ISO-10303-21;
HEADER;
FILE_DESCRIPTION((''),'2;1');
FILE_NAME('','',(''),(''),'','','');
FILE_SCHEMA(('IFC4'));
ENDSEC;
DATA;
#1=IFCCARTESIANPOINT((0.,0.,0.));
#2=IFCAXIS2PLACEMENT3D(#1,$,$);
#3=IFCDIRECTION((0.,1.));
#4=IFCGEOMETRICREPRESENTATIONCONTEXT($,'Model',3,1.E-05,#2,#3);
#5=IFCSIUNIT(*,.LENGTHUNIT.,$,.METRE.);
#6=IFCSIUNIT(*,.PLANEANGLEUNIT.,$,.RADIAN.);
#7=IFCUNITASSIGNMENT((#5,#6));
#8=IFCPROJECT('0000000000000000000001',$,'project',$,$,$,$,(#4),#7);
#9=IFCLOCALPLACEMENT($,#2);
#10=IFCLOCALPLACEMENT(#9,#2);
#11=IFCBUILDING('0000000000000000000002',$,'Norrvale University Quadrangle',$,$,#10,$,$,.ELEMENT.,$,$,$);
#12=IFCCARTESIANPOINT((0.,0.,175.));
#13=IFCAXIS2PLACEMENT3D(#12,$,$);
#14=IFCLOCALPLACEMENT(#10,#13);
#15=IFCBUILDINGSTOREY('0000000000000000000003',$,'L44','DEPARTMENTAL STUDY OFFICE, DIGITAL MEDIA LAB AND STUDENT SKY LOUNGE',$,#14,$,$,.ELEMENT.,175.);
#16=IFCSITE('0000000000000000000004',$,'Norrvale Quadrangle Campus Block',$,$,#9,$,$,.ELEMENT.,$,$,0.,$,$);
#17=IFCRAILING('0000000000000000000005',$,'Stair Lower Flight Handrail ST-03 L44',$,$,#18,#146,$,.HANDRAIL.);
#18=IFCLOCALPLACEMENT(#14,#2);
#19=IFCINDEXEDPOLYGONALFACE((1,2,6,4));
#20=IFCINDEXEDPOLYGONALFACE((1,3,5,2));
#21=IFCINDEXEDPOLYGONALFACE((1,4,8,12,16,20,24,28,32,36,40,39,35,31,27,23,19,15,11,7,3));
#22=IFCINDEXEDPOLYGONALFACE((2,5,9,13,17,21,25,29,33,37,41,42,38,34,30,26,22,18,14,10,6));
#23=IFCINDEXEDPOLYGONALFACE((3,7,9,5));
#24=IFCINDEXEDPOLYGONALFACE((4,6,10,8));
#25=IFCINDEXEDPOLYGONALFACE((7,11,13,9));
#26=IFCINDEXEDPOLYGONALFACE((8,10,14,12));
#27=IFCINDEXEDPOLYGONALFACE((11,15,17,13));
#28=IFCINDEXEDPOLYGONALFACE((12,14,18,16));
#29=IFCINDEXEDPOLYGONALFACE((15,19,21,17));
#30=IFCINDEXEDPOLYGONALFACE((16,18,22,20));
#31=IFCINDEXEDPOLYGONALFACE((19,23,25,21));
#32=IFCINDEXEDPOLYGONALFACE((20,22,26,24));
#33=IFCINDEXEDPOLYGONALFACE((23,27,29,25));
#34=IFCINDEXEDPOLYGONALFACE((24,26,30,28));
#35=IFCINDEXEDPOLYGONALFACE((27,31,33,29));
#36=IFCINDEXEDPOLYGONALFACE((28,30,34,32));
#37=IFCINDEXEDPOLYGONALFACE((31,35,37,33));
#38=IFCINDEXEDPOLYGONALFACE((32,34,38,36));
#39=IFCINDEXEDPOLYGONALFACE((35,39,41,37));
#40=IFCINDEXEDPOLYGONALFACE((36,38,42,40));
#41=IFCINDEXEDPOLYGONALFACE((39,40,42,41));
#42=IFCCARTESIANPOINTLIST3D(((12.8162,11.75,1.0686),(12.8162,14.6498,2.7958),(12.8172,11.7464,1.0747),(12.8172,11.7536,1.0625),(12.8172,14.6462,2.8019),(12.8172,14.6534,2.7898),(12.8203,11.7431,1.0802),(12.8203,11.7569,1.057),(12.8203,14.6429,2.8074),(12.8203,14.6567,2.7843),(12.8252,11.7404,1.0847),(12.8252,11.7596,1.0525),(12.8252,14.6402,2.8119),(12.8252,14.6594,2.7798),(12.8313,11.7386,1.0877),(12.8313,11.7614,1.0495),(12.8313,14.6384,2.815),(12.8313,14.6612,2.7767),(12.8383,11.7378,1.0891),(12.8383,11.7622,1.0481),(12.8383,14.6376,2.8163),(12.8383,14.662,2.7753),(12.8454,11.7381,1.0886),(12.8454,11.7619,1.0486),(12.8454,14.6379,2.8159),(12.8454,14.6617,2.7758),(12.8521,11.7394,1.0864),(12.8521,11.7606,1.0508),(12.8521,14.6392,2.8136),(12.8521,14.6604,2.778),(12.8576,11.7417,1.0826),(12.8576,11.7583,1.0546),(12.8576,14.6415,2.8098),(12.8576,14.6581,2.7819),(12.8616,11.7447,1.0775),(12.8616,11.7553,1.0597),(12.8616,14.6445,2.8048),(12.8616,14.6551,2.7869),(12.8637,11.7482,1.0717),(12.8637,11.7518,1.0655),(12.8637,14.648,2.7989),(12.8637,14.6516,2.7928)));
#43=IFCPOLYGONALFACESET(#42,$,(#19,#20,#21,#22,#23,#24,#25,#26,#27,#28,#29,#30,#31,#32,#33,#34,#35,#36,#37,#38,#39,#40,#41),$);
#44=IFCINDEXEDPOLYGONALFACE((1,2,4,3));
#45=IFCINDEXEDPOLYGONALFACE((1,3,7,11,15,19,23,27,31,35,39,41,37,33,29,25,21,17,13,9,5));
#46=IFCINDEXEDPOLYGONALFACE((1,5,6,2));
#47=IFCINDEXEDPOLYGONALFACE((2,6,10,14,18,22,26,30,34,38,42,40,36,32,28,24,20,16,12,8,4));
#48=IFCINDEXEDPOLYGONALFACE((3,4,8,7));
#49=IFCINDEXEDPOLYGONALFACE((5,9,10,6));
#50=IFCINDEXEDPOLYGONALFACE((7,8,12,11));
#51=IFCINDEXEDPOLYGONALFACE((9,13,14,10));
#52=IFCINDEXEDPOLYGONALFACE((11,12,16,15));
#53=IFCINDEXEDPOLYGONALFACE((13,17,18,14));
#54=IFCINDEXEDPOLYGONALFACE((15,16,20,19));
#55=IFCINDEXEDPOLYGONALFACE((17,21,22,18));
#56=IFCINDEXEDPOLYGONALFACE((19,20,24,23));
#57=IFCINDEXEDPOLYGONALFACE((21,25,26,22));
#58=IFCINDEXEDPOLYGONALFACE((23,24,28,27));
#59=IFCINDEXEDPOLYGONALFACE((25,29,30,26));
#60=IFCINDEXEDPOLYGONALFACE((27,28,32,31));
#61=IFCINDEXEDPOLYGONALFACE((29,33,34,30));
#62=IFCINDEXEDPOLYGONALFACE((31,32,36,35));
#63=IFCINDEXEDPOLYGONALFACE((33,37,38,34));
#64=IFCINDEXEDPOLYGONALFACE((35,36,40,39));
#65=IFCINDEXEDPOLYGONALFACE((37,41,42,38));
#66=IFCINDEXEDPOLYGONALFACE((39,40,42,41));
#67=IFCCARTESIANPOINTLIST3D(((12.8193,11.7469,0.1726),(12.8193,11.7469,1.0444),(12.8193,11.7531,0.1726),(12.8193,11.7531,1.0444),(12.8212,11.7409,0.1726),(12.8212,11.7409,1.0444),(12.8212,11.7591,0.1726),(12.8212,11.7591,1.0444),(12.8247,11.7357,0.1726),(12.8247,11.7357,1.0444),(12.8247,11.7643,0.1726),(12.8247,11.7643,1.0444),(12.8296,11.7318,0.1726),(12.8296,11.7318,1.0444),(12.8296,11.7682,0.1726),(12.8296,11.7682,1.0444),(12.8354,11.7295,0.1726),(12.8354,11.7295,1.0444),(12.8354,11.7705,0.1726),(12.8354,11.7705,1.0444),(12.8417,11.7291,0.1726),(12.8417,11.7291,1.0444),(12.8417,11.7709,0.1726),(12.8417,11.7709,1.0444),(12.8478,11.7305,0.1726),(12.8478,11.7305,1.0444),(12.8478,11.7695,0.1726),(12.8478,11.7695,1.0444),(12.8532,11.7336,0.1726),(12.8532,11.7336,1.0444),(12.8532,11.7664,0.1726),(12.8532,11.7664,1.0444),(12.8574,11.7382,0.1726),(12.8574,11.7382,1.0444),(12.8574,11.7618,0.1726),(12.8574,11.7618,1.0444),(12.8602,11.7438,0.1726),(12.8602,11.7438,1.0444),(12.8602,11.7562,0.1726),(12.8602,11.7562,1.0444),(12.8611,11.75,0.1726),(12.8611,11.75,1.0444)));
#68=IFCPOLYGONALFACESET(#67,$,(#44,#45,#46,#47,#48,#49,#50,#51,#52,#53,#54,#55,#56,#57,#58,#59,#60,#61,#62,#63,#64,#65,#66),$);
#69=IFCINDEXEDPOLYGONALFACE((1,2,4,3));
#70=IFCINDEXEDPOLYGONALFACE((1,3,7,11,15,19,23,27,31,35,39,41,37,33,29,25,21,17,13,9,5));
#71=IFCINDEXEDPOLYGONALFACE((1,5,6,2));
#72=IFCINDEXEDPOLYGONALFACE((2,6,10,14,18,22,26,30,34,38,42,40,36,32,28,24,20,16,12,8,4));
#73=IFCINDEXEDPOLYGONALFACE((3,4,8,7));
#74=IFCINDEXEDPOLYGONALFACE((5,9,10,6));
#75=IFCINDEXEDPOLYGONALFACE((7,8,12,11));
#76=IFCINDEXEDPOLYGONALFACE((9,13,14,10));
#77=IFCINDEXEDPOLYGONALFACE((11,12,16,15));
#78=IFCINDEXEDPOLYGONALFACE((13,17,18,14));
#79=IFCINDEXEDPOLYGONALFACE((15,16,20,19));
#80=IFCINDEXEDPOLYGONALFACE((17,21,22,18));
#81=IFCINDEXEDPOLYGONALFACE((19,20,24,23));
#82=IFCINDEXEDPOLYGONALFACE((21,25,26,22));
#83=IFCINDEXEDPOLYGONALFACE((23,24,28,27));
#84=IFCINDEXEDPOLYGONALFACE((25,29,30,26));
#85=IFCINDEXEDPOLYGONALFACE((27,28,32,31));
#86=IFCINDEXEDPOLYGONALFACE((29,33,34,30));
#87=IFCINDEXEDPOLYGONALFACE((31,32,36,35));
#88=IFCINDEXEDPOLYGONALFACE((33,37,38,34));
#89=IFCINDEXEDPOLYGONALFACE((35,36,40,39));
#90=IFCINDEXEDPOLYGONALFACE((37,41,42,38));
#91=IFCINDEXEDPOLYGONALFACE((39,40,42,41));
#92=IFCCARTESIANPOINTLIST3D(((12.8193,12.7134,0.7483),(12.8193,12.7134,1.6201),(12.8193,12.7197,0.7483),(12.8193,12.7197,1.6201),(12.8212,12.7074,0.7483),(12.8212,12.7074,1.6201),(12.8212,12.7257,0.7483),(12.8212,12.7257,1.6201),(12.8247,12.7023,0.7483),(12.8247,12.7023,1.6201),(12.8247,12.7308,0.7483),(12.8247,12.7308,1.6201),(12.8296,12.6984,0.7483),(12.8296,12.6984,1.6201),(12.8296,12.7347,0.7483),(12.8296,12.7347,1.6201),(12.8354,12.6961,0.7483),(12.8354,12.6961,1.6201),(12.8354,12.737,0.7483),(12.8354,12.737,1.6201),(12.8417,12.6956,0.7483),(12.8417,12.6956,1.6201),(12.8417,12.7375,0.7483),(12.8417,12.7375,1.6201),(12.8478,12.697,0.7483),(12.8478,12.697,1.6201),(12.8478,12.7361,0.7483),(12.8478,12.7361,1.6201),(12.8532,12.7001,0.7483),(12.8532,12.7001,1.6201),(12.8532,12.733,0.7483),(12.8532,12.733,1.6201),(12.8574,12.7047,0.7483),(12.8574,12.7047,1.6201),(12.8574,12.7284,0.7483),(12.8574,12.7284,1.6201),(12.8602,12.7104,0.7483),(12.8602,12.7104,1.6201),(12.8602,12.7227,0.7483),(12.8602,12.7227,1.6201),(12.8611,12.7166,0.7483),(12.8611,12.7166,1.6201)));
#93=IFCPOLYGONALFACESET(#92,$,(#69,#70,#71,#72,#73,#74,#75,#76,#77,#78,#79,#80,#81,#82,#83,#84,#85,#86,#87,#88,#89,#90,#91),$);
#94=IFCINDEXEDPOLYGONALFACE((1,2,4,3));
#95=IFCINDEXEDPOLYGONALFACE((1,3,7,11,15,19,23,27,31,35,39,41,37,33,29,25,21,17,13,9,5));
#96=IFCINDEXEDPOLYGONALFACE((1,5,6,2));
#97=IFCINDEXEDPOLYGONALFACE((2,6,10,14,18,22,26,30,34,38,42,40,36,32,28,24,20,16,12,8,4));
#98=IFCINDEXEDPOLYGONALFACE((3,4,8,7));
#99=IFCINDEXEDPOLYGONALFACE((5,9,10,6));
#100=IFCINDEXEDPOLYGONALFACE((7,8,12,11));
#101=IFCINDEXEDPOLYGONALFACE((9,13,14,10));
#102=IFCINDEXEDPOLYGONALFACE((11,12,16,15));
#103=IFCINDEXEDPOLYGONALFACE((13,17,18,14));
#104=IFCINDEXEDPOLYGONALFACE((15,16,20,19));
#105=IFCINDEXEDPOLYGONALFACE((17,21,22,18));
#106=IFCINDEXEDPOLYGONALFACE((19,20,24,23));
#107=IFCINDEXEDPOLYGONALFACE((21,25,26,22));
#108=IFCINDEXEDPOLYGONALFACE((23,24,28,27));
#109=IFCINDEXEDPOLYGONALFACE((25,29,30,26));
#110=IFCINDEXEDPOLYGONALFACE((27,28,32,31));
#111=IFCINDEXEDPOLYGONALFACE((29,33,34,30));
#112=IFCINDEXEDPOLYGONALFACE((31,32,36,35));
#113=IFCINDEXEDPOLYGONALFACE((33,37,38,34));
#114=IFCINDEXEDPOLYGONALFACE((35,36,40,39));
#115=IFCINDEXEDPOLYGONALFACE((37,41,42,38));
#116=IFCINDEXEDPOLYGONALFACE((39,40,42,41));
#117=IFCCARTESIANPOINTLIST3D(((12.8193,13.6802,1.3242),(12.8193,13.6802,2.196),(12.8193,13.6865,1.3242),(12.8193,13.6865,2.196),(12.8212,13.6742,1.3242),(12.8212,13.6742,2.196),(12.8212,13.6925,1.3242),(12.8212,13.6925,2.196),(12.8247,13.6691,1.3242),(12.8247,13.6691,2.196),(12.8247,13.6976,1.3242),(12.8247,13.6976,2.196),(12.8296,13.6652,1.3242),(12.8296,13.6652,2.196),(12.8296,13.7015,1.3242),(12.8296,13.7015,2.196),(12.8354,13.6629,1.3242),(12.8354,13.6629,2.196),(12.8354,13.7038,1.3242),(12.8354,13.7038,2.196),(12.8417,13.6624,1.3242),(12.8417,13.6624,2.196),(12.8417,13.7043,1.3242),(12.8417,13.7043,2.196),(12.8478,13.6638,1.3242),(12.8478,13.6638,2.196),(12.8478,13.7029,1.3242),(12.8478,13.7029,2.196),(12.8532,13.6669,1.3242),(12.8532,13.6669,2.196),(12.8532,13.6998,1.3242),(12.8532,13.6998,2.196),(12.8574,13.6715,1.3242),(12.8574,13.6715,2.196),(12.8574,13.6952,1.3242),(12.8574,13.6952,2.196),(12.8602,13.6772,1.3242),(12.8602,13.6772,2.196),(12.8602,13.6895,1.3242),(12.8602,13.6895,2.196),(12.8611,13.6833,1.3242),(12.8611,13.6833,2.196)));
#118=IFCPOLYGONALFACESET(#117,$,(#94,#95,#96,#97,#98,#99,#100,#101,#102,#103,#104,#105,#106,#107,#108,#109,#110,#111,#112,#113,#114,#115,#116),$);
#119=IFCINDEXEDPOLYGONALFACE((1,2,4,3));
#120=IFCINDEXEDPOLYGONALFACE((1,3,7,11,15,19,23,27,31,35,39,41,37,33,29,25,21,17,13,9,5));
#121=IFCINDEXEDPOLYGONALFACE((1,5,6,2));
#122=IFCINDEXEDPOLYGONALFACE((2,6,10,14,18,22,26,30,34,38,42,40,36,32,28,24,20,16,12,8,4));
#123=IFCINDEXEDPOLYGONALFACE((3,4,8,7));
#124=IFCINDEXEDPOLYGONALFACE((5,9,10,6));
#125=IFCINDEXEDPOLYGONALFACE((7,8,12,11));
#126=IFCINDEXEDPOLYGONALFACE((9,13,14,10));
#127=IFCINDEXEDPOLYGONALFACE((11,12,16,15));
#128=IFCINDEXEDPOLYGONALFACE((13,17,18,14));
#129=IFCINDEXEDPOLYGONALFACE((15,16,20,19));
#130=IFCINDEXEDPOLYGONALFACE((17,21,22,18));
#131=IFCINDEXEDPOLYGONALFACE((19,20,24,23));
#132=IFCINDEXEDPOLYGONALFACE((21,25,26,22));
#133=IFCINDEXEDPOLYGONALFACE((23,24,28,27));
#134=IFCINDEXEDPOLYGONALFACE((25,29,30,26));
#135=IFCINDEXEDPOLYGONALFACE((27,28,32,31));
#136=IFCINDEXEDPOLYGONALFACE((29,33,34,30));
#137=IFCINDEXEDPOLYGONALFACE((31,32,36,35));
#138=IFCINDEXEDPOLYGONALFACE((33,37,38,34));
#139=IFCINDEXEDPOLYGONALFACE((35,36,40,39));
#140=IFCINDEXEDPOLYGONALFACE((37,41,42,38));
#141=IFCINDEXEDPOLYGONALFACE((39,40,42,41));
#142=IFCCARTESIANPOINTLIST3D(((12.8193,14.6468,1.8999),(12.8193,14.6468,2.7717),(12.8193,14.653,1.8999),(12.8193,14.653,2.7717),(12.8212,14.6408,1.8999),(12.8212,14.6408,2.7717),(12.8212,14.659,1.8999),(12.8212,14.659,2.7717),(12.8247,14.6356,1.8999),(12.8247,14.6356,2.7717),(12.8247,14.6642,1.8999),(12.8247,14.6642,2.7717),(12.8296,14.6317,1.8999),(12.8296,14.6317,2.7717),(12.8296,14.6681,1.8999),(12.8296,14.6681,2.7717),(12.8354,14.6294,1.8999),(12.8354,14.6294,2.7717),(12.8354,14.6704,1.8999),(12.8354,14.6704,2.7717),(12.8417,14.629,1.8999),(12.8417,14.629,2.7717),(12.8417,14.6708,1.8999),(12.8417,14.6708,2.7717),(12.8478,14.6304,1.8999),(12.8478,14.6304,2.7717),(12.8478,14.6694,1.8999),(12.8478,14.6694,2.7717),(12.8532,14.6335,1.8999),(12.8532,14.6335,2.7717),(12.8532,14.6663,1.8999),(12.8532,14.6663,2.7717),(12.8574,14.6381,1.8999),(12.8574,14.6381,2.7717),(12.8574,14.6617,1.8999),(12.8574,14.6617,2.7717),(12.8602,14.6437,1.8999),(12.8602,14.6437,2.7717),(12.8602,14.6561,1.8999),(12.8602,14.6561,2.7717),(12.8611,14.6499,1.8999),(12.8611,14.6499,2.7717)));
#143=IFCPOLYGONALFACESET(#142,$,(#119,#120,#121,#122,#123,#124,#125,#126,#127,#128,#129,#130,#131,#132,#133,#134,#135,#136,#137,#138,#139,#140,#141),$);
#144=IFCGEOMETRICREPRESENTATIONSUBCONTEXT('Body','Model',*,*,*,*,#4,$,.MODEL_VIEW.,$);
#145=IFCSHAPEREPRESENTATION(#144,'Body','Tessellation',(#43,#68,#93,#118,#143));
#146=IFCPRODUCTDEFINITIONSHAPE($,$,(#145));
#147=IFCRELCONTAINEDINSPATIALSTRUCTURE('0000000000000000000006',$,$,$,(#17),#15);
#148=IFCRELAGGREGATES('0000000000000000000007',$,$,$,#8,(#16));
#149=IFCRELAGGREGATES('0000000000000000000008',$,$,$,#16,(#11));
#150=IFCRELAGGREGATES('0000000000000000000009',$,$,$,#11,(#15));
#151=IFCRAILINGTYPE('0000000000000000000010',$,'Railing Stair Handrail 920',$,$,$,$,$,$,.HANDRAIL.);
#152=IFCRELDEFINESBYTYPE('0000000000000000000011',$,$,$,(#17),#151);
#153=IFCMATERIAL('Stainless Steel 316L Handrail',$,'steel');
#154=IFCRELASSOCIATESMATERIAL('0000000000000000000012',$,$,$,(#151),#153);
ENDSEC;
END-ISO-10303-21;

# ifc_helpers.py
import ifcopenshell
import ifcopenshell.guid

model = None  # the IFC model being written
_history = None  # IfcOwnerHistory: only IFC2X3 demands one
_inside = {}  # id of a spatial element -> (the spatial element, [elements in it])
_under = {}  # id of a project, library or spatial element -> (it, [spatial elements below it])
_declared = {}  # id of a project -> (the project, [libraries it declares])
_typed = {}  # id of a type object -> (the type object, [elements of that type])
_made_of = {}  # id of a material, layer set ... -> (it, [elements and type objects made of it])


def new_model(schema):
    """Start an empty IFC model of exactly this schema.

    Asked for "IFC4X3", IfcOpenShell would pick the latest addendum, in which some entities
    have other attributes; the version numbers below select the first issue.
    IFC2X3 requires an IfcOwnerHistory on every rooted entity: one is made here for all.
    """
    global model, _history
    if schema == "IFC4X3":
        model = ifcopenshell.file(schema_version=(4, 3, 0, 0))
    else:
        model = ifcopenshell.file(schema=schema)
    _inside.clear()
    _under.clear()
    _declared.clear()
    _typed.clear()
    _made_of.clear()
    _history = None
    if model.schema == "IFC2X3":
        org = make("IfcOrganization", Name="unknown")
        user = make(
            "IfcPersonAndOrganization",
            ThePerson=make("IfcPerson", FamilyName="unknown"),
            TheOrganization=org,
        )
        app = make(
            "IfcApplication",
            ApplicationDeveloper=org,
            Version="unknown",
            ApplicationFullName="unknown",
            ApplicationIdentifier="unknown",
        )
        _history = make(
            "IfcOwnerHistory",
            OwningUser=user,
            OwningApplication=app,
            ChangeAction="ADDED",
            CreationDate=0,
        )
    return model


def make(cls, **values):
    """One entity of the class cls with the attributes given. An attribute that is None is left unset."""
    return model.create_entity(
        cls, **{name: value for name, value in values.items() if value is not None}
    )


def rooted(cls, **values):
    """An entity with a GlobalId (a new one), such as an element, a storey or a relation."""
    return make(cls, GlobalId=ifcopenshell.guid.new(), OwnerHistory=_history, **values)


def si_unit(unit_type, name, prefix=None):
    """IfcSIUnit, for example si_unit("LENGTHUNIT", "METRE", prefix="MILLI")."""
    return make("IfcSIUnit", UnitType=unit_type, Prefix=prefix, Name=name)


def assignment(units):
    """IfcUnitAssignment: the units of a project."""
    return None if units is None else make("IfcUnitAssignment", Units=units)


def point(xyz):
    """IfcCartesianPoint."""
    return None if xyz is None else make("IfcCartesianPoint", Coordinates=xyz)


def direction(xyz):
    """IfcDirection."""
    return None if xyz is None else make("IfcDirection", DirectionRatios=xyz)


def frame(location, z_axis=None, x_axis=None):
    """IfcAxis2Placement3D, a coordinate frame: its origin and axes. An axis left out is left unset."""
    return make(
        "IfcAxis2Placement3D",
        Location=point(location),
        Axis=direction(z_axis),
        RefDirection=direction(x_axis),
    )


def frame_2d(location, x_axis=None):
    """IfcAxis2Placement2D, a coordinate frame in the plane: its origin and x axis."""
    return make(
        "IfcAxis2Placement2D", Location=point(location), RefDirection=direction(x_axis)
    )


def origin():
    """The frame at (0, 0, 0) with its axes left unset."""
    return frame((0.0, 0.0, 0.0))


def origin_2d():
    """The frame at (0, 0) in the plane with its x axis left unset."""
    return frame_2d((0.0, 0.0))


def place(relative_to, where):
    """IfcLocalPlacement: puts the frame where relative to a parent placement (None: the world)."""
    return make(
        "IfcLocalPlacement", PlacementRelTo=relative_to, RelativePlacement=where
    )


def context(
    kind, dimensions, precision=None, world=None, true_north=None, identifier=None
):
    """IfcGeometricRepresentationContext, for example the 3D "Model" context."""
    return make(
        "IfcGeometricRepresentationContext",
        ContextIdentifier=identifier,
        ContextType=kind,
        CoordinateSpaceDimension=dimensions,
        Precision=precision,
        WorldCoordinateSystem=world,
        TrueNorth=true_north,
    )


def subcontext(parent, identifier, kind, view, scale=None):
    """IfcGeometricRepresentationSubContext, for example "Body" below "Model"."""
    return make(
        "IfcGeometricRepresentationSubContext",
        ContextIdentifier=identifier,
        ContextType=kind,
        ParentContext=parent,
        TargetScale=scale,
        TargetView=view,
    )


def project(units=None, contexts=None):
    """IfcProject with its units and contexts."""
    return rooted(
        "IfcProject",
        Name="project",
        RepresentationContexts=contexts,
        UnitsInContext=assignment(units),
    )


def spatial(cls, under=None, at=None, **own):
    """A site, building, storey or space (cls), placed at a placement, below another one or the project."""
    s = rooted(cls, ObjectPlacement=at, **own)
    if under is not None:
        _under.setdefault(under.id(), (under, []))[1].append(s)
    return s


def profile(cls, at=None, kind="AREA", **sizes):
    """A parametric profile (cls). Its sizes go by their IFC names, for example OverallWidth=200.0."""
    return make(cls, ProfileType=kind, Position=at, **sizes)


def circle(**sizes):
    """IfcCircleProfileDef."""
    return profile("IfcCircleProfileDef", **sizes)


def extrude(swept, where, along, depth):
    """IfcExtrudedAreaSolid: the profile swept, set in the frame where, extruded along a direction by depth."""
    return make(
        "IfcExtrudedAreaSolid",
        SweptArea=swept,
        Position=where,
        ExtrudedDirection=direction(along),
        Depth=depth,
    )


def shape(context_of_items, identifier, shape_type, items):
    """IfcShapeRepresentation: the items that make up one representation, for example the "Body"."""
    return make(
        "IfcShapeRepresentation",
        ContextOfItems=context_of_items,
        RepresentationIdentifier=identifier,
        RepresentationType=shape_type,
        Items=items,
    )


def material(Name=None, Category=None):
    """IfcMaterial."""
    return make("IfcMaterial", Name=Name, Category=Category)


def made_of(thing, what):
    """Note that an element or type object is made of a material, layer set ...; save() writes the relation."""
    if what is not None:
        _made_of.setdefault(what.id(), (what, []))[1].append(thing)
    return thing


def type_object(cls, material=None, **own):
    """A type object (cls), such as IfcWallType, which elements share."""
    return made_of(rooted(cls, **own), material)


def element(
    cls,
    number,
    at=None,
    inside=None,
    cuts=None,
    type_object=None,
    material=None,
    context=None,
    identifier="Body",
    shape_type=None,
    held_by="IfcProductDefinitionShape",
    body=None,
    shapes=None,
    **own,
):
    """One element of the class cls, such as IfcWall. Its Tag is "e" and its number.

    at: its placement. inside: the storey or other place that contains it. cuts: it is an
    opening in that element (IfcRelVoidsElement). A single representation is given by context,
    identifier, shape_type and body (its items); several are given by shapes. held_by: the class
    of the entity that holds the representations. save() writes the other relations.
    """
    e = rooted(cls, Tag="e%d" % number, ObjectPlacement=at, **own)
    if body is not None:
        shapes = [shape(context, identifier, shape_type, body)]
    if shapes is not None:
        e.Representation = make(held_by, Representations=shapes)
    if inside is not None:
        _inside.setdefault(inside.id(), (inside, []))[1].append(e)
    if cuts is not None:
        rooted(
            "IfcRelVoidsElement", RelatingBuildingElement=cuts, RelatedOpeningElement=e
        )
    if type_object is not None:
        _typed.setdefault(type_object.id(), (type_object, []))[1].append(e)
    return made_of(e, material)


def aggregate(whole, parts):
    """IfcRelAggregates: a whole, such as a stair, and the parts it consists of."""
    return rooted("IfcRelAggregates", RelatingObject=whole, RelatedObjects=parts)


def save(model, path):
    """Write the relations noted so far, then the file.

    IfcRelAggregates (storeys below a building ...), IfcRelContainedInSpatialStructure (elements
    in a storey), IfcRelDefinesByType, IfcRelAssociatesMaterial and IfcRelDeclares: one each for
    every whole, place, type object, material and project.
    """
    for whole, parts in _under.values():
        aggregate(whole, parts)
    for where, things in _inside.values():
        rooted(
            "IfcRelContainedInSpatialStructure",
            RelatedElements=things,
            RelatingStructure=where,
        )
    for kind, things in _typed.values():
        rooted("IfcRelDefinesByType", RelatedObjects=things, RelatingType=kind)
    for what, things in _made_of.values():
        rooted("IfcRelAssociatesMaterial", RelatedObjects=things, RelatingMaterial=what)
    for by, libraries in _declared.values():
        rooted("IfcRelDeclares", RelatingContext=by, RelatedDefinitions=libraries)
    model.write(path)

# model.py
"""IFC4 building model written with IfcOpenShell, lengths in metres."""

from ifc_helpers import new_model, si_unit, direction, frame, origin, origin_2d, place, context, subcontext, project, spatial, circle, extrude, material, type_object, element, save


model = new_model("IFC4")

# Units and contexts
model_context = context("Model", 3, precision=1e-05, world=origin(), true_north=direction((0.0, 1.0)))
body_context = subcontext(model_context, "Body", "Model", "MODEL_VIEW")
ifc_project = project(units=[si_unit("LENGTHUNIT", "METRE"), si_unit("PLANEANGLEUNIT", "RADIAN")], contexts=[model_context])

# Site, building, storey
site_placement = place(None, origin())
site = spatial("IfcSite", under=ifc_project, at=site_placement, Name="Norrvale Quadrangle Campus Block", CompositionType="ELEMENT", RefElevation=0.0)
building_placement = place(site_placement, origin())
building = spatial("IfcBuilding", under=site, at=building_placement, Name="Norrvale University Quadrangle", CompositionType="ELEMENT")
storey_placement = place(building_placement, frame((0.0, 0.0, 175.0)))
storey = spatial("IfcBuildingStorey", under=building, at=storey_placement, Name="L44", Description="DEPARTMENTAL STUDY OFFICE, DIGITAL MEDIA LAB AND STUDENT SKY LOUNGE", CompositionType="ELEMENT", Elevation=175.0)

# Railing
ifc_material_1 = material(Name="Stainless Steel 316L Handrail", Category="steel")
railing_type_1 = type_object("IfcRailingType", Name="Railing Stair Handrail 920", PredefinedType="HANDRAIL", material=ifc_material_1)
railing_1_placement = place(storey_placement, frame((12.8401, 11.75, 0.1726)))
element("IfcRailing", 1, at=railing_1_placement, inside=storey, type_object=railing_type_1, Name="Stair Lower Flight Handrail ST-03 L44", PredefinedType="HANDRAIL", context=body_context, shape_type="SweptSolid", body=[
    extrude(circle(Radius=0.0239, at=origin_2d()), frame((0.0, 0.0, 0.896), z_axis=(0.0, 0.859141, 0.511738), x_axis=(-1.0, 0.0, 0.0)), (0.0, 0.0, 1.0), 3.3752),
    extrude(circle(Radius=0.021, at=origin_2d()), origin(), (0.0, 0.0, 1.0), 0.8718),
    extrude(circle(Radius=0.021, at=origin_2d()), frame((0.0, 0.9666, 0.5757)), (0.0, 0.0, 1.0), 0.8718),
    extrude(circle(Radius=0.021, at=origin_2d()), frame((0.0, 1.9333, 1.1516)), (0.0, 0.0, 1.0), 0.8718),
    extrude(circle(Radius=0.021, at=origin_2d()), frame((0.0, 2.8999, 1.7273)), (0.0, 0.0, 1.0), 0.8718),
])

save(model, "model.ifc")
